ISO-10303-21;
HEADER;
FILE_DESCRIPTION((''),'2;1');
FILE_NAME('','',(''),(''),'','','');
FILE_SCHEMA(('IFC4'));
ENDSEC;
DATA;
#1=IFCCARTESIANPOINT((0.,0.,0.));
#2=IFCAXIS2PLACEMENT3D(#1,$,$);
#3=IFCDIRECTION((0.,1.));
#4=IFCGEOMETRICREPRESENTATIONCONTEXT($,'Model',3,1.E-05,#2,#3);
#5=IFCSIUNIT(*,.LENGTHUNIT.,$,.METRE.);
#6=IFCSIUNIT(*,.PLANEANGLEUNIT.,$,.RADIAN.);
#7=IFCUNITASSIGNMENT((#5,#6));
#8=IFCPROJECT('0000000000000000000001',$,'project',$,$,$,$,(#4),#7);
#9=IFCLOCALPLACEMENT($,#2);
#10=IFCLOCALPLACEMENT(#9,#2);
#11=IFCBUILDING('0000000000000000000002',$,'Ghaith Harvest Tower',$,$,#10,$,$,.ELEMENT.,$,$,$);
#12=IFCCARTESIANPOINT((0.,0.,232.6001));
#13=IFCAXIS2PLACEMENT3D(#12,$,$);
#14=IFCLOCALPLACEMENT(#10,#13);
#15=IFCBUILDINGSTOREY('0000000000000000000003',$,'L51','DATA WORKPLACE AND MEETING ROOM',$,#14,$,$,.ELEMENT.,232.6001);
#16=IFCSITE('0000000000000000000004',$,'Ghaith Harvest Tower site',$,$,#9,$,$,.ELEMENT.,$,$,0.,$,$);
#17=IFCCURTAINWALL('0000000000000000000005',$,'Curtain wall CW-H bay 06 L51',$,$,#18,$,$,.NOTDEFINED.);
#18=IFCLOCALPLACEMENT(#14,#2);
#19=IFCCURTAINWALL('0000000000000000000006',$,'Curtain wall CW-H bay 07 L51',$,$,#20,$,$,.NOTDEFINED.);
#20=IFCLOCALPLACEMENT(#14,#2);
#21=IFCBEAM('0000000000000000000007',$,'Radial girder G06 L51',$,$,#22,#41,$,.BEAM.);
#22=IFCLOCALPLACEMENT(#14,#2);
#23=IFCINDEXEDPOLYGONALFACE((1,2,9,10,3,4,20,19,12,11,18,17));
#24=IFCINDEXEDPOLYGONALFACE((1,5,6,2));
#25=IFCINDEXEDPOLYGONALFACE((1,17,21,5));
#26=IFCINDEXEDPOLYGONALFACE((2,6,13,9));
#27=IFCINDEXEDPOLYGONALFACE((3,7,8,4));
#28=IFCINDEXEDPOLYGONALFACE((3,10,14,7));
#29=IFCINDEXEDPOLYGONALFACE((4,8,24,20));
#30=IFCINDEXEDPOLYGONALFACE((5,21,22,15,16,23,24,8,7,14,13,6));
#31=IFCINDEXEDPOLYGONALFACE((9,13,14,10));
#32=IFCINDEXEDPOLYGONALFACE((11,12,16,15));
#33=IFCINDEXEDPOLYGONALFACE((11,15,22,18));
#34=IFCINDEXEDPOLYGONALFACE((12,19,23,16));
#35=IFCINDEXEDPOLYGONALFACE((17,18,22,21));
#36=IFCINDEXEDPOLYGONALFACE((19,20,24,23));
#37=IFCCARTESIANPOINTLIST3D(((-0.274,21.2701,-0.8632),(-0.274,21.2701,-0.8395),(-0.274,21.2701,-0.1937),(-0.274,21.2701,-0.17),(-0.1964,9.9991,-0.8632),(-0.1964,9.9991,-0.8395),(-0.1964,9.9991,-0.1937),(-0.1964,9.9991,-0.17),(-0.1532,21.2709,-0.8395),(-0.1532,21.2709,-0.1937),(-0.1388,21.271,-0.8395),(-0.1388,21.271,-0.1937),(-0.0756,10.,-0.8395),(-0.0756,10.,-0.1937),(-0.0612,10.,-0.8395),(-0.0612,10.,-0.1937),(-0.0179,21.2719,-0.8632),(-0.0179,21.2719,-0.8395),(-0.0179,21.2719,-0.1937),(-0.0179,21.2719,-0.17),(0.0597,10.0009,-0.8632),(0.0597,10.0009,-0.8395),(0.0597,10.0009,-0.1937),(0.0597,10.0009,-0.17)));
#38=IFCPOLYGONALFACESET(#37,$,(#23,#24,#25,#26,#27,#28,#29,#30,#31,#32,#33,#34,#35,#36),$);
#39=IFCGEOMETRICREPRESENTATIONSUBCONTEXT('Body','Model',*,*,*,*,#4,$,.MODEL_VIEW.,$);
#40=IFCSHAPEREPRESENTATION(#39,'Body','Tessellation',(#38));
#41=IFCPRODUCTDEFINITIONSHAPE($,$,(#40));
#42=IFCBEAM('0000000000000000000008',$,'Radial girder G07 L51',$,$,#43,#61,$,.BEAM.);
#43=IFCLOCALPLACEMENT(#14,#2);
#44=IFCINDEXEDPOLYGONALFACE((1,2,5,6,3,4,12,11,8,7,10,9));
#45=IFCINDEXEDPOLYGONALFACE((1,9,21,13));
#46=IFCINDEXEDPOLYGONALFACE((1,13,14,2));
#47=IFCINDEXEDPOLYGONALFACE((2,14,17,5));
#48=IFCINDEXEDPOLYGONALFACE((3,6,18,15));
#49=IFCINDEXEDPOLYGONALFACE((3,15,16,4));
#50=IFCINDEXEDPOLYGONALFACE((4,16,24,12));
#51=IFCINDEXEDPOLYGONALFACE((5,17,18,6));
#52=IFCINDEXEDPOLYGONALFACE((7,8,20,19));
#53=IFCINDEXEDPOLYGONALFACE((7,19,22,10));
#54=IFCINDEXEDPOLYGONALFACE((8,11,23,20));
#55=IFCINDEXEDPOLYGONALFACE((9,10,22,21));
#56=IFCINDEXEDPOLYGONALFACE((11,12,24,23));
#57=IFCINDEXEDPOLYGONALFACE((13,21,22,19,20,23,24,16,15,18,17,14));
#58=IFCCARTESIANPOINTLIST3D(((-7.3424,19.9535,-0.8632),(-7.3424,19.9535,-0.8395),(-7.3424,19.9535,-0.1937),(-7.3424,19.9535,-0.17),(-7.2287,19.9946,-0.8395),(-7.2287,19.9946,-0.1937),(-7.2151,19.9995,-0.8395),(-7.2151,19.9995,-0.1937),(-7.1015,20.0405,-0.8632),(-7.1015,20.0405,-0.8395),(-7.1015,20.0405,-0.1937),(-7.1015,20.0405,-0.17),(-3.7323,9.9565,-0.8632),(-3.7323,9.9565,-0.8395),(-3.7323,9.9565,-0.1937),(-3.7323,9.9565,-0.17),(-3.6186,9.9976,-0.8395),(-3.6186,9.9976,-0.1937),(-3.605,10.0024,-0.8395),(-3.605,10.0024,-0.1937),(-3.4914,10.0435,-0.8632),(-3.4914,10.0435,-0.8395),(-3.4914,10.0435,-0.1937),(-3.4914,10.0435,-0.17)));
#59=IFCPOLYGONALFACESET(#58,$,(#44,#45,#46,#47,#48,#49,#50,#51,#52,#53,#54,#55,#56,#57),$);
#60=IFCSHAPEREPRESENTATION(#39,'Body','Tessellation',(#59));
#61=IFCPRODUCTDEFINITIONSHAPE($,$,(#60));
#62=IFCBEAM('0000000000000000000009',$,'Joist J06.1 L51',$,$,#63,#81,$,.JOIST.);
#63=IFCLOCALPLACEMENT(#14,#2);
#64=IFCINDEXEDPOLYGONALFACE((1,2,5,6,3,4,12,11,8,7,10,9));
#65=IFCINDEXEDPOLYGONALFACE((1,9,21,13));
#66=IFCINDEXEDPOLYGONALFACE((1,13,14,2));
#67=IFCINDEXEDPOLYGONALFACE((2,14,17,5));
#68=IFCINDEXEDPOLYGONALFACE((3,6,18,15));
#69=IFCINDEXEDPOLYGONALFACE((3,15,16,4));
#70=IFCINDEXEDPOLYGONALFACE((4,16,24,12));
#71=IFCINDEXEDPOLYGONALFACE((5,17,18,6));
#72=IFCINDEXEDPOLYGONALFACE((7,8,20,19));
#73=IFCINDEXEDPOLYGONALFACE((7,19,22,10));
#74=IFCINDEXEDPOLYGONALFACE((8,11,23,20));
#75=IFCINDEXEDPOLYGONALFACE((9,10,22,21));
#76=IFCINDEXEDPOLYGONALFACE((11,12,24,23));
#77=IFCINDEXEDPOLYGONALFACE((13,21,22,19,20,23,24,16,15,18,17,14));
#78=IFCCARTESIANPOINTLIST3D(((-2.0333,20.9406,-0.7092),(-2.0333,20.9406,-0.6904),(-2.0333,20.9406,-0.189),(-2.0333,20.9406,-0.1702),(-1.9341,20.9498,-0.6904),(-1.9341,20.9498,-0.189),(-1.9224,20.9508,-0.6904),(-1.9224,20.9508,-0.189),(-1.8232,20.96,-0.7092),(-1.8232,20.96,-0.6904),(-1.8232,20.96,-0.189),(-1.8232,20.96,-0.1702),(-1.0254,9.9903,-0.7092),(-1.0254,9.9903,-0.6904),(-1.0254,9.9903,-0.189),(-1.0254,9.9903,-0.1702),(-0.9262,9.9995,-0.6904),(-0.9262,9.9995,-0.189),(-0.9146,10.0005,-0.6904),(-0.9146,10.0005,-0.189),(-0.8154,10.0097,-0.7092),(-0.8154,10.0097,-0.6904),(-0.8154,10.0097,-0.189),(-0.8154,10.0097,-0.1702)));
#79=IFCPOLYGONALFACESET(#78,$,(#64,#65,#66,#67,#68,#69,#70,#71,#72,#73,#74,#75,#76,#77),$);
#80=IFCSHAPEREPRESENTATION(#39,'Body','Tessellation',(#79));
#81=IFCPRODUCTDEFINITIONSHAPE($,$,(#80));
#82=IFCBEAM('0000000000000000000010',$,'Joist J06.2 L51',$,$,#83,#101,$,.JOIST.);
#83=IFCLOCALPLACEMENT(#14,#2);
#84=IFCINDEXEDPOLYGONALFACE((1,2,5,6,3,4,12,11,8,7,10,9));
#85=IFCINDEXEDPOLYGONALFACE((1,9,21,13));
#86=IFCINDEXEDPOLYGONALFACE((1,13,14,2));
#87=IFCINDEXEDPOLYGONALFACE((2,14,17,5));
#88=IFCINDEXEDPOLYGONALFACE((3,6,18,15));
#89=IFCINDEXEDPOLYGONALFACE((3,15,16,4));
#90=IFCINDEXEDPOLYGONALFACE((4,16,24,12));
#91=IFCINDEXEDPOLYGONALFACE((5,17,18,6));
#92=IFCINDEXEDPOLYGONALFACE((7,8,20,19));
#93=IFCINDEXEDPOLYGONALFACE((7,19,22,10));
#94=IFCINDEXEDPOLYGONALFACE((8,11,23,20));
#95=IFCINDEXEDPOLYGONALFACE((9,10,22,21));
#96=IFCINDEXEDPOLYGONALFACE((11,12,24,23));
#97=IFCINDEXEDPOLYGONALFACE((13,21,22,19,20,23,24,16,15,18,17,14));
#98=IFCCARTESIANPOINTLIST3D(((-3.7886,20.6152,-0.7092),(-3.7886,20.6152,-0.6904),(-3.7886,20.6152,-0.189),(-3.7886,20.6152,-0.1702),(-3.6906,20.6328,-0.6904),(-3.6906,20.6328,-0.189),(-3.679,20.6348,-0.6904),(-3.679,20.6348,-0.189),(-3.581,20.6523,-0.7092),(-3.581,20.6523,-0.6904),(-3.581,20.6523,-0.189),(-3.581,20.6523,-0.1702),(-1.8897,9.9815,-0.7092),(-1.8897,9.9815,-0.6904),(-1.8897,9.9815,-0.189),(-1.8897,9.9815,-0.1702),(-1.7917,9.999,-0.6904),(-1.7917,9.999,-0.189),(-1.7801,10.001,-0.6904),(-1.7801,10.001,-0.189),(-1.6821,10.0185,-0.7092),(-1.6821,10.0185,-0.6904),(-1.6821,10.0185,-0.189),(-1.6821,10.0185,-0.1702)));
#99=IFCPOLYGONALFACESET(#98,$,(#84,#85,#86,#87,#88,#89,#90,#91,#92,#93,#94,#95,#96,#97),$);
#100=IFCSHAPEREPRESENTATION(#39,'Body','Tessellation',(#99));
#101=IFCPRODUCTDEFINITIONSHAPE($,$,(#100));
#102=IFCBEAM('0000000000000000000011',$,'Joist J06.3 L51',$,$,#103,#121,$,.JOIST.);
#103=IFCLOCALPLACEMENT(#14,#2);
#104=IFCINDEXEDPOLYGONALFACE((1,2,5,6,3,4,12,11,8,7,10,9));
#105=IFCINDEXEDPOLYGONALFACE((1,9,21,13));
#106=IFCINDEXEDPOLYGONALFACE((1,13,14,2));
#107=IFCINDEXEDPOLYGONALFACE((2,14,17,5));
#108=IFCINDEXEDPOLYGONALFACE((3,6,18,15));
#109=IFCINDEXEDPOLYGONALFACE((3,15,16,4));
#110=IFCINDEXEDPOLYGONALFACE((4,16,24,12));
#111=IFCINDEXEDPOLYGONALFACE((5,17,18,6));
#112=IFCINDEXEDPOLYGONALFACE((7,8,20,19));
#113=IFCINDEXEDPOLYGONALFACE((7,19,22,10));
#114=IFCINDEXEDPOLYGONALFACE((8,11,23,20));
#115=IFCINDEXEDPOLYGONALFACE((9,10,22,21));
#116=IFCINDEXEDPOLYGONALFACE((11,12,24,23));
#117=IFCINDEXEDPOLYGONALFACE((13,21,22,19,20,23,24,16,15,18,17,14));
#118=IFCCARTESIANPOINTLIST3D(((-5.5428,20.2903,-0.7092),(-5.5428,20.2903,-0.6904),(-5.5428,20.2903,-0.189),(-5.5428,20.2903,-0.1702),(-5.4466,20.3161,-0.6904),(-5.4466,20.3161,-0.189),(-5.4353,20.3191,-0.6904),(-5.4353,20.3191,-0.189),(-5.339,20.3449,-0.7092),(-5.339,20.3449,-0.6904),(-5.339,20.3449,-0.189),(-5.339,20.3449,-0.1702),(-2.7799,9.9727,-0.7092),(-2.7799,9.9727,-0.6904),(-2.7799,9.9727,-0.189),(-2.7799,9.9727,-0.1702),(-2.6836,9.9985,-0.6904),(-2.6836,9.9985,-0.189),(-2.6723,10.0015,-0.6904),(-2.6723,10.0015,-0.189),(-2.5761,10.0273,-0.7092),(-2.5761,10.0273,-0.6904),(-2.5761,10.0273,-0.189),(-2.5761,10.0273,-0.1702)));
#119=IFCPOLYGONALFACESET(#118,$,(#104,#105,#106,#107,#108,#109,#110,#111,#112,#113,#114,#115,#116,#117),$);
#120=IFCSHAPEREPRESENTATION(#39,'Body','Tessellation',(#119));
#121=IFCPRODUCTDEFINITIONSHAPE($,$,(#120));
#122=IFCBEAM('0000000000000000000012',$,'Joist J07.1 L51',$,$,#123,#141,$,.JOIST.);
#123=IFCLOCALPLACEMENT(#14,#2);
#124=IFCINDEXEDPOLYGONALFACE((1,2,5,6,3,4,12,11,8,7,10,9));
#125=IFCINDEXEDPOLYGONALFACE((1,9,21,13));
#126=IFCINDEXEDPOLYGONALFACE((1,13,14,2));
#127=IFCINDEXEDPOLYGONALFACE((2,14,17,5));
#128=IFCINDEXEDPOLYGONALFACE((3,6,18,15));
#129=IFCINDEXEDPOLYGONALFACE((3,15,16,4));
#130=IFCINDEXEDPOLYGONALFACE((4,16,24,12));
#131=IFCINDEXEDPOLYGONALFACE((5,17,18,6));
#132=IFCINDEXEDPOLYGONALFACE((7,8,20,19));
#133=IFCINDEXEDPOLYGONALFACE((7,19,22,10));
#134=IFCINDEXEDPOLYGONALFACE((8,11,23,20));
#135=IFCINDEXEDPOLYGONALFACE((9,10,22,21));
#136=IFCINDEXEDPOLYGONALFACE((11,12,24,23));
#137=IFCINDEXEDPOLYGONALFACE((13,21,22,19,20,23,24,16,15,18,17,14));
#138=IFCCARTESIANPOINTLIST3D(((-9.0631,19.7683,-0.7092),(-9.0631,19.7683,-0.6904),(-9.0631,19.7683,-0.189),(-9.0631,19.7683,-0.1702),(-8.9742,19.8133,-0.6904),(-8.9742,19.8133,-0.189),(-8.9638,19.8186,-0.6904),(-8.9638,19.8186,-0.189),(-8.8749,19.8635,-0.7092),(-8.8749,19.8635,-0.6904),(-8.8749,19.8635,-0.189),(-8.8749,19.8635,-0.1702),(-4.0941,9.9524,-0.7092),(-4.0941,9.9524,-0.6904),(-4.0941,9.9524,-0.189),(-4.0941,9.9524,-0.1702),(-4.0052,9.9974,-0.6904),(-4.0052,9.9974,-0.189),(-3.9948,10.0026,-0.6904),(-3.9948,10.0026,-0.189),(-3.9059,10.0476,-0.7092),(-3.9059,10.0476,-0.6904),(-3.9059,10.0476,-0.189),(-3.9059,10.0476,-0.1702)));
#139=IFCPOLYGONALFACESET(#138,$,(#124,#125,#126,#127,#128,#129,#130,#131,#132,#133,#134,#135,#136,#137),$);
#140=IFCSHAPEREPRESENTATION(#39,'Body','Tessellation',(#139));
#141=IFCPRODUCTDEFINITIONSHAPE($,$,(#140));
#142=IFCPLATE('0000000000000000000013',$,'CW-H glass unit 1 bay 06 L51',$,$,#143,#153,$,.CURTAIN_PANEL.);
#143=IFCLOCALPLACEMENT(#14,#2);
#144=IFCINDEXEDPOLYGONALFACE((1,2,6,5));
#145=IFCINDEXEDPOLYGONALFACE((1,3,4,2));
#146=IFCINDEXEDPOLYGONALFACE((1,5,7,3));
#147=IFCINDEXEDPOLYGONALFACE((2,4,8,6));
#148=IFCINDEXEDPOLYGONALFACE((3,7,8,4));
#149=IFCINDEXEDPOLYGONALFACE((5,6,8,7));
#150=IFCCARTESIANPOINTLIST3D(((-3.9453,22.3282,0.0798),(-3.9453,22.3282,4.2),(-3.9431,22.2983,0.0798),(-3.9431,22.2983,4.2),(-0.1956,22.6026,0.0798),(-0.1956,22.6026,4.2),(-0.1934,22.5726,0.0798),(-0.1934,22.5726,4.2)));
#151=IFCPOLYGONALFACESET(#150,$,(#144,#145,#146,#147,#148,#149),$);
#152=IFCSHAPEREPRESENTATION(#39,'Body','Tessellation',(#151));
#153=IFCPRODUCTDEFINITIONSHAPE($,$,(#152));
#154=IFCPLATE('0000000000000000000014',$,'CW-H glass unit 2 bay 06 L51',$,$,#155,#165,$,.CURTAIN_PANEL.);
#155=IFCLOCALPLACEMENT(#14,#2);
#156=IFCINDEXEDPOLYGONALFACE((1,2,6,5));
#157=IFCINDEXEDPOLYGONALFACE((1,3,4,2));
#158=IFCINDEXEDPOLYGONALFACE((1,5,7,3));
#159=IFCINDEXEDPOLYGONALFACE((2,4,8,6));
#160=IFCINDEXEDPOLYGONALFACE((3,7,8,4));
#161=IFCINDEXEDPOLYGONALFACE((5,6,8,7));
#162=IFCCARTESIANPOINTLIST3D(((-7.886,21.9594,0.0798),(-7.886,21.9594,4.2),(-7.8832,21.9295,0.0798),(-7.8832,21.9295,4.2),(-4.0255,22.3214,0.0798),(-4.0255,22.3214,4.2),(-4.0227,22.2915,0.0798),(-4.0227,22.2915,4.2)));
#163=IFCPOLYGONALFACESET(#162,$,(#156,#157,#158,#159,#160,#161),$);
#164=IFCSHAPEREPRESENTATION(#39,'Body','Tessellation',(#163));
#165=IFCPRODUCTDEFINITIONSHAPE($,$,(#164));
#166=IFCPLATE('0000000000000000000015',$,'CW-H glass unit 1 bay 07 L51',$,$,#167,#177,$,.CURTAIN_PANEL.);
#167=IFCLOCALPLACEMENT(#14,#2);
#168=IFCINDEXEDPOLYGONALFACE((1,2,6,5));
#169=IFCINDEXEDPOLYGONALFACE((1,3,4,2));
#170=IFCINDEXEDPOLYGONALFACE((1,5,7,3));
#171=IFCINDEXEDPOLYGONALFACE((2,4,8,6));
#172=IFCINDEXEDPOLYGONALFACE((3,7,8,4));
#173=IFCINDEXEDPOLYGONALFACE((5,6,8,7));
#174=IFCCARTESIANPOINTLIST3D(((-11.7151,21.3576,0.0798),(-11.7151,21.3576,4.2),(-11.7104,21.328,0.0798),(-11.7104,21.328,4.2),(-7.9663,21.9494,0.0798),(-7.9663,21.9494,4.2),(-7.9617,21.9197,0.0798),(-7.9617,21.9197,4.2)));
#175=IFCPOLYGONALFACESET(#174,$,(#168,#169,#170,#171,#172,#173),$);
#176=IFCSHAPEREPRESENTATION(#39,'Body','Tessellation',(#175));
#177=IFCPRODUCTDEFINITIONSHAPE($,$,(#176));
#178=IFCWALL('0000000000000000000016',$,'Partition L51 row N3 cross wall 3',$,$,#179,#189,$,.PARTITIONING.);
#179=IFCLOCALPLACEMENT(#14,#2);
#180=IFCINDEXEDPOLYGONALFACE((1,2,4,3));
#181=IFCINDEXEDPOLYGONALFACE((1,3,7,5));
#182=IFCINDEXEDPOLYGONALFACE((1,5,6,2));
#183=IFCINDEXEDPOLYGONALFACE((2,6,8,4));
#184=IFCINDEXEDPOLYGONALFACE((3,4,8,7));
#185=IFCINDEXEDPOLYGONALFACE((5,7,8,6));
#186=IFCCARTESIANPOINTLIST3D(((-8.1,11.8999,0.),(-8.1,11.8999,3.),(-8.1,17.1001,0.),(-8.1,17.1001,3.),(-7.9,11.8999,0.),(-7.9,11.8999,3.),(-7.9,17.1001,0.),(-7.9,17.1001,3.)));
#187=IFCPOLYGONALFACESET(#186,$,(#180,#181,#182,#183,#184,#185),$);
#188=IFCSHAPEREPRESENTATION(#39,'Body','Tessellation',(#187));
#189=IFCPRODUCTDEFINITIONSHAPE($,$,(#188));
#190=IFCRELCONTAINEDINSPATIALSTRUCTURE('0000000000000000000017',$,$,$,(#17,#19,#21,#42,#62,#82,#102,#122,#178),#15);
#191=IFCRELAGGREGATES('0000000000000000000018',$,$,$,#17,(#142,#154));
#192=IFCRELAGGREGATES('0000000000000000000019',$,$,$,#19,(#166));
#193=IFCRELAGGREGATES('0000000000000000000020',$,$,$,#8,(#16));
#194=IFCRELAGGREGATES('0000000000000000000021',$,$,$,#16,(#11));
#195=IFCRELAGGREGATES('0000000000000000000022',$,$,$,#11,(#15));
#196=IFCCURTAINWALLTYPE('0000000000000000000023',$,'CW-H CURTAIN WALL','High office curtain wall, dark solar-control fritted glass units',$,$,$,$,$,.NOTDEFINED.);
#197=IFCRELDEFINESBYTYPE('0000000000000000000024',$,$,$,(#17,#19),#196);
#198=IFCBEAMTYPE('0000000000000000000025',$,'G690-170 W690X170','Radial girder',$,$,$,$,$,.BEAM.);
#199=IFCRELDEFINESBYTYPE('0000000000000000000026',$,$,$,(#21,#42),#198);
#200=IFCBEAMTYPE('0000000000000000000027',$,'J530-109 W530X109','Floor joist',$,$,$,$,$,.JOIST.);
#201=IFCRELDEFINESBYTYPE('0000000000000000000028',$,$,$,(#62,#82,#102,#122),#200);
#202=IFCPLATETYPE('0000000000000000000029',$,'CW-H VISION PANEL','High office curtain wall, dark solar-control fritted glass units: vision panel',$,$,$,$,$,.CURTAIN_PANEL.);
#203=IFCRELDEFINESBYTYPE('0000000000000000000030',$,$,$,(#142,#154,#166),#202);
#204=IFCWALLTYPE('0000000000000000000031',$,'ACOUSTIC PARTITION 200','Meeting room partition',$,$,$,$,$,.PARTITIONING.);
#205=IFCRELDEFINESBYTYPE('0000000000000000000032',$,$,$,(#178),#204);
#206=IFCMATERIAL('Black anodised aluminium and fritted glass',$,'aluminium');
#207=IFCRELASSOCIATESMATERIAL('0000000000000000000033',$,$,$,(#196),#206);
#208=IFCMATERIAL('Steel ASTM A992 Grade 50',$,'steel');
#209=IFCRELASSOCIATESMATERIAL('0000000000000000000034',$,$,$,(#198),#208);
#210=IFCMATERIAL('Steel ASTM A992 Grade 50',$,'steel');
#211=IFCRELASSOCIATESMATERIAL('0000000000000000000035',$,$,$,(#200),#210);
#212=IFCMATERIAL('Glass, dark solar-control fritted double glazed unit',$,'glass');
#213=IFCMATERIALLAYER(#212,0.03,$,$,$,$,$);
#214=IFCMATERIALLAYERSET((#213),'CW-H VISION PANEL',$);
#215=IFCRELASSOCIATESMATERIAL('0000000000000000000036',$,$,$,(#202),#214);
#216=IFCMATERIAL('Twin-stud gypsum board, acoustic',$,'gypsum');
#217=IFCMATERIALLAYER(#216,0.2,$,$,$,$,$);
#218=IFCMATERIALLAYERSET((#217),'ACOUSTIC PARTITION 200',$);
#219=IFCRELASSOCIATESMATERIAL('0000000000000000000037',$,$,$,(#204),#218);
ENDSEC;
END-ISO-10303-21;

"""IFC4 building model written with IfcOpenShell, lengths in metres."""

from ifc_helpers import new_model, si_unit, direction, frame, frame_2d, origin, origin_2d, place, context, subcontext, project, spatial, rectangle, i_section, extrude, material, layer, layer_set, material_profile, profile_set, type_object, element, aggregate, save


model = new_model("IFC4")

# Units and contexts
model_context = context("Model", 3, precision=1e-05, world=origin(), true_north=direction((0.0, 1.0)))
body_context = subcontext(model_context, "Body", "Model", "MODEL_VIEW")
ifc_project = project(units=[si_unit("LENGTHUNIT", "METRE"), si_unit("PLANEANGLEUNIT", "RADIAN")], contexts=[model_context])

# Site, building, storey
site_placement = place(None, origin())
site = spatial("IfcSite", under=ifc_project, at=site_placement, Name="Ghaith Harvest Tower site", CompositionType="ELEMENT", RefElevation=0.0)
building_placement = place(site_placement, origin())
building = spatial("IfcBuilding", under=site, at=building_placement, Name="Ghaith Harvest Tower", CompositionType="ELEMENT")
storey_placement = place(building_placement, frame((0.0, 0.0, 232.6001)))
storey = spatial("IfcBuildingStorey", under=building, at=storey_placement, Name="L51", Description="DATA WORKPLACE AND MEETING ROOM", CompositionType="ELEMENT", Elevation=232.6001)

# Curtain walls
ifc_material_1 = material(Name="Black anodised aluminium and fritted glass", Category="aluminium")
curtain_wall_type = type_object("IfcCurtainWallType", Name="CW-H CURTAIN WALL", Description="High office curtain wall, dark solar-control fritted glass units", PredefinedType="NOTDEFINED", material=ifc_material_1)
curtain_wall_1_placement = place(storey_placement, origin())
curtain_wall_1 = element("IfcCurtainWall", 1, at=curtain_wall_1_placement, inside=storey, type_object=curtain_wall_type, Name="Curtain wall CW-H bay 06 L51", PredefinedType="NOTDEFINED")
curtain_wall_2_placement = place(storey_placement, origin())
curtain_wall_2 = element("IfcCurtainWall", 2, at=curtain_wall_2_placement, inside=storey, type_object=curtain_wall_type, Name="Curtain wall CW-H bay 07 L51", PredefinedType="NOTDEFINED")

# Beams
ifc_material_2 = material(Name="Steel ASTM A992 Grade 50", Category="steel")
ifc_material_profile_1 = material_profile(ifc_material_2, i_section(OverallWidth=0.2561, OverallDepth=0.6931, WebThickness=0.0144, FlangeThickness=0.0237, at=origin_2d()), Name="W690X170")
ifc_profile_set_1 = profile_set([ifc_material_profile_1], Name="Steel ASTM A992 Grade 50")
beam_type_1 = type_object("IfcBeamType", Name="G690-170 W690X170", Description="Radial girder", PredefinedType="BEAM", material=ifc_profile_set_1)
beam_1_placement = place(storey_placement, frame((-0.0684, 10.0, -0.5166), z_axis=(-0.006888, 0.999976, 0.0), x_axis=(-0.999976, -0.006888, 0.0)))
element("IfcBeam", 3, at=beam_1_placement, inside=storey, type_object=beam_type_1, Name="Radial girder G06 L51", PredefinedType="BEAM", context=body_context, shape_type="SweptSolid", body=[
    extrude(i_section(OverallWidth=0.2561, OverallDepth=0.6931, WebThickness=0.0144, FlangeThickness=0.0237, at=origin_2d()), origin(), (0.0, 0.0, 1.0), 11.2712),
])
beam_2_placement = place(storey_placement, frame((-3.6118, 10.0, -0.5166), z_axis=(-0.339649, 0.940552, 0.0), x_axis=(-0.940552, -0.339649, 0.0)))
element("IfcBeam", 4, at=beam_2_placement, inside=storey, type_object=beam_type_1, Name="Radial girder G07 L51", PredefinedType="BEAM", context=body_context, shape_type="SweptSolid", body=[
    extrude(i_section(OverallWidth=0.2561, OverallDepth=0.6931, WebThickness=0.0144, FlangeThickness=0.0237, at=origin_2d()), origin(), (0.0, 0.0, 1.0), 10.6289),
])
ifc_material_3 = material(Name="Steel ASTM A992 Grade 50", Category="steel")
ifc_material_profile_2 = material_profile(ifc_material_3, i_section(OverallWidth=0.2109, OverallDepth=0.5391, WebThickness=0.0117, FlangeThickness=0.0188, at=origin_2d()), Name="W530X109")
ifc_profile_set_2 = profile_set([ifc_material_profile_2], Name="Steel ASTM A992 Grade 50")
beam_type_2 = type_object("IfcBeamType", Name="J530-109 W530X109", Description="Floor joist", PredefinedType="JOIST", material=ifc_profile_set_2)
beam_3_placement = place(storey_placement, frame((-0.9204, 10.0, -0.4397), z_axis=(-0.091649, 0.995791, 0.0), x_axis=(-0.995791, -0.091649, 0.0)))
element("IfcBeam", 5, at=beam_3_placement, inside=storey, type_object=beam_type_2, Name="Joist J06.1 L51", PredefinedType="JOIST", context=body_context, shape_type="SweptSolid", body=[
    extrude(i_section(OverallWidth=0.2109, OverallDepth=0.5391, WebThickness=0.0117, FlangeThickness=0.0188, at=origin_2d()), origin(), (0.0, 0.0, 1.0), 10.9966),
])
beam_4_placement = place(storey_placement, frame((-1.7859, 10.0, -0.4397), z_axis=(-0.175794, 0.984427, 0.0), x_axis=(-0.984427, -0.175794, 0.0)))
element("IfcBeam", 6, at=beam_4_placement, inside=storey, type_object=beam_type_2, Name="Joist J06.2 L51", PredefinedType="JOIST", context=body_context, shape_type="SweptSolid", body=[
    extrude(i_section(OverallWidth=0.2109, OverallDepth=0.5391, WebThickness=0.0117, FlangeThickness=0.0188, at=origin_2d()), origin(), (0.0, 0.0, 1.0), 10.802),
])
beam_5_placement = place(storey_placement, frame((-2.678, 10.0, -0.4397), z_axis=(-0.258674, 0.965965, 0.0), x_axis=(-0.965965, -0.258674, 0.0)))
element("IfcBeam", 7, at=beam_5_placement, inside=storey, type_object=beam_type_2, Name="Joist J06.3 L51", PredefinedType="JOIST", context=body_context, shape_type="SweptSolid", body=[
    extrude(i_section(OverallWidth=0.2109, OverallDepth=0.5391, WebThickness=0.0117, FlangeThickness=0.0188, at=origin_2d()), origin(), (0.0, 0.0, 1.0), 10.6812),
])
beam_6_placement = place(storey_placement, frame((-4.0, 10.0, -0.4397), z_axis=(-0.451646, 0.892197, 0.0), x_axis=(-0.892197, -0.451646, 0.0)))
element("IfcBeam", 8, at=beam_6_placement, inside=storey, type_object=beam_type_2, Name="Joist J07.1 L51", PredefinedType="JOIST", context=body_context, shape_type="SweptSolid", body=[
    extrude(i_section(OverallWidth=0.2109, OverallDepth=0.5391, WebThickness=0.0117, FlangeThickness=0.0188, at=origin_2d()), origin(), (0.0, 0.0, 1.0), 11.002),
])

# Plates
ifc_material_4 = material(Name="Glass, dark solar-control fritted double glazed unit", Category="glass")
ifc_layer_1 = layer(ifc_material_4, 0.03)
ifc_layer_set_1 = layer_set([ifc_layer_1], Name="CW-H VISION PANEL")
plate_type = type_object("IfcPlateType", Name="CW-H VISION PANEL", Description="High office curtain wall, dark solar-control fritted glass units: vision panel", PredefinedType="CURTAIN_PANEL", material=ifc_layer_set_1)
plate_1_placement = place(storey_placement, frame((-2.0693, 22.4504, 0.0798), z_axis=(0.0, 0.0, 1.0), x_axis=(-0.997334, -0.072966, 0.0)))
plate_1 = element("IfcPlate", 9, at=plate_1_placement, type_object=plate_type, Name="CW-H glass unit 1 bay 06 L51", PredefinedType="CURTAIN_PANEL", context=body_context, shape_type="SweptSolid", body=[
    extrude(rectangle(XDim=3.7598, YDim=0.03, at=origin_2d()), origin(), (0.0, 0.0, 1.0), 4.1201),
])
plate_2_placement = place(storey_placement, frame((-5.9543, 22.1255, 0.0798), z_axis=(0.0, 0.0, 1.0), x_axis=(-0.995632, -0.093365, 0.0)))
plate_2 = element("IfcPlate", 10, at=plate_2_placement, type_object=plate_type, Name="CW-H glass unit 2 bay 06 L51", PredefinedType="CURTAIN_PANEL", context=body_context, shape_type="SweptSolid", body=[
    extrude(rectangle(XDim=3.8774, YDim=0.03, at=origin_2d()), origin(), (0.0, 0.0, 1.0), 4.1201),
])
aggregate(curtain_wall_1, [plate_1, plate_2])
plate_3_placement = place(storey_placement, frame((-9.8384, 21.6387, 0.0798), z_axis=(0.0, 0.0, 1.0), x_axis=(-0.98777, -0.155916, 0.0)))
plate_3 = element("IfcPlate", 11, at=plate_3_placement, type_object=plate_type, Name="CW-H glass unit 1 bay 07 L51", PredefinedType="CURTAIN_PANEL", context=body_context, shape_type="SweptSolid", body=[
    extrude(rectangle(XDim=3.7952, YDim=0.03, at=origin_2d()), origin(), (0.0, 0.0, 1.0), 4.1201),
])
aggregate(curtain_wall_2, [plate_3])

# Wall
ifc_material_5 = material(Name="Twin-stud gypsum board, acoustic", Category="gypsum")
ifc_layer_2 = layer(ifc_material_5, 0.2)
ifc_layer_set_2 = layer_set([ifc_layer_2], Name="ACOUSTIC PARTITION 200")
wall_type = type_object("IfcWallType", Name="ACOUSTIC PARTITION 200", Description="Meeting room partition", PredefinedType="PARTITIONING", material=ifc_layer_set_2)
for number, where, z_axis, x_axis, name in (
    (12, (-8.0, 11.8999, 0.0), (0.0, 0.0, 1.0), (0.0, 1.0, 0.0), "Partition L51 row N3 cross wall 3"),
):
    element("IfcWall", number, at=place(storey_placement, frame(where, z_axis=z_axis, x_axis=x_axis)), inside=storey, type_object=wall_type, Name=name, PredefinedType="PARTITIONING", context=body_context, shape_type="SweptSolid", body=[
        extrude(rectangle(XDim=5.2002, YDim=0.2, at=frame_2d((2.6001, 0.0))), origin(), (0.0, 0.0, 1.0), 3.0),
    ])

save(model, "model.ifc")
